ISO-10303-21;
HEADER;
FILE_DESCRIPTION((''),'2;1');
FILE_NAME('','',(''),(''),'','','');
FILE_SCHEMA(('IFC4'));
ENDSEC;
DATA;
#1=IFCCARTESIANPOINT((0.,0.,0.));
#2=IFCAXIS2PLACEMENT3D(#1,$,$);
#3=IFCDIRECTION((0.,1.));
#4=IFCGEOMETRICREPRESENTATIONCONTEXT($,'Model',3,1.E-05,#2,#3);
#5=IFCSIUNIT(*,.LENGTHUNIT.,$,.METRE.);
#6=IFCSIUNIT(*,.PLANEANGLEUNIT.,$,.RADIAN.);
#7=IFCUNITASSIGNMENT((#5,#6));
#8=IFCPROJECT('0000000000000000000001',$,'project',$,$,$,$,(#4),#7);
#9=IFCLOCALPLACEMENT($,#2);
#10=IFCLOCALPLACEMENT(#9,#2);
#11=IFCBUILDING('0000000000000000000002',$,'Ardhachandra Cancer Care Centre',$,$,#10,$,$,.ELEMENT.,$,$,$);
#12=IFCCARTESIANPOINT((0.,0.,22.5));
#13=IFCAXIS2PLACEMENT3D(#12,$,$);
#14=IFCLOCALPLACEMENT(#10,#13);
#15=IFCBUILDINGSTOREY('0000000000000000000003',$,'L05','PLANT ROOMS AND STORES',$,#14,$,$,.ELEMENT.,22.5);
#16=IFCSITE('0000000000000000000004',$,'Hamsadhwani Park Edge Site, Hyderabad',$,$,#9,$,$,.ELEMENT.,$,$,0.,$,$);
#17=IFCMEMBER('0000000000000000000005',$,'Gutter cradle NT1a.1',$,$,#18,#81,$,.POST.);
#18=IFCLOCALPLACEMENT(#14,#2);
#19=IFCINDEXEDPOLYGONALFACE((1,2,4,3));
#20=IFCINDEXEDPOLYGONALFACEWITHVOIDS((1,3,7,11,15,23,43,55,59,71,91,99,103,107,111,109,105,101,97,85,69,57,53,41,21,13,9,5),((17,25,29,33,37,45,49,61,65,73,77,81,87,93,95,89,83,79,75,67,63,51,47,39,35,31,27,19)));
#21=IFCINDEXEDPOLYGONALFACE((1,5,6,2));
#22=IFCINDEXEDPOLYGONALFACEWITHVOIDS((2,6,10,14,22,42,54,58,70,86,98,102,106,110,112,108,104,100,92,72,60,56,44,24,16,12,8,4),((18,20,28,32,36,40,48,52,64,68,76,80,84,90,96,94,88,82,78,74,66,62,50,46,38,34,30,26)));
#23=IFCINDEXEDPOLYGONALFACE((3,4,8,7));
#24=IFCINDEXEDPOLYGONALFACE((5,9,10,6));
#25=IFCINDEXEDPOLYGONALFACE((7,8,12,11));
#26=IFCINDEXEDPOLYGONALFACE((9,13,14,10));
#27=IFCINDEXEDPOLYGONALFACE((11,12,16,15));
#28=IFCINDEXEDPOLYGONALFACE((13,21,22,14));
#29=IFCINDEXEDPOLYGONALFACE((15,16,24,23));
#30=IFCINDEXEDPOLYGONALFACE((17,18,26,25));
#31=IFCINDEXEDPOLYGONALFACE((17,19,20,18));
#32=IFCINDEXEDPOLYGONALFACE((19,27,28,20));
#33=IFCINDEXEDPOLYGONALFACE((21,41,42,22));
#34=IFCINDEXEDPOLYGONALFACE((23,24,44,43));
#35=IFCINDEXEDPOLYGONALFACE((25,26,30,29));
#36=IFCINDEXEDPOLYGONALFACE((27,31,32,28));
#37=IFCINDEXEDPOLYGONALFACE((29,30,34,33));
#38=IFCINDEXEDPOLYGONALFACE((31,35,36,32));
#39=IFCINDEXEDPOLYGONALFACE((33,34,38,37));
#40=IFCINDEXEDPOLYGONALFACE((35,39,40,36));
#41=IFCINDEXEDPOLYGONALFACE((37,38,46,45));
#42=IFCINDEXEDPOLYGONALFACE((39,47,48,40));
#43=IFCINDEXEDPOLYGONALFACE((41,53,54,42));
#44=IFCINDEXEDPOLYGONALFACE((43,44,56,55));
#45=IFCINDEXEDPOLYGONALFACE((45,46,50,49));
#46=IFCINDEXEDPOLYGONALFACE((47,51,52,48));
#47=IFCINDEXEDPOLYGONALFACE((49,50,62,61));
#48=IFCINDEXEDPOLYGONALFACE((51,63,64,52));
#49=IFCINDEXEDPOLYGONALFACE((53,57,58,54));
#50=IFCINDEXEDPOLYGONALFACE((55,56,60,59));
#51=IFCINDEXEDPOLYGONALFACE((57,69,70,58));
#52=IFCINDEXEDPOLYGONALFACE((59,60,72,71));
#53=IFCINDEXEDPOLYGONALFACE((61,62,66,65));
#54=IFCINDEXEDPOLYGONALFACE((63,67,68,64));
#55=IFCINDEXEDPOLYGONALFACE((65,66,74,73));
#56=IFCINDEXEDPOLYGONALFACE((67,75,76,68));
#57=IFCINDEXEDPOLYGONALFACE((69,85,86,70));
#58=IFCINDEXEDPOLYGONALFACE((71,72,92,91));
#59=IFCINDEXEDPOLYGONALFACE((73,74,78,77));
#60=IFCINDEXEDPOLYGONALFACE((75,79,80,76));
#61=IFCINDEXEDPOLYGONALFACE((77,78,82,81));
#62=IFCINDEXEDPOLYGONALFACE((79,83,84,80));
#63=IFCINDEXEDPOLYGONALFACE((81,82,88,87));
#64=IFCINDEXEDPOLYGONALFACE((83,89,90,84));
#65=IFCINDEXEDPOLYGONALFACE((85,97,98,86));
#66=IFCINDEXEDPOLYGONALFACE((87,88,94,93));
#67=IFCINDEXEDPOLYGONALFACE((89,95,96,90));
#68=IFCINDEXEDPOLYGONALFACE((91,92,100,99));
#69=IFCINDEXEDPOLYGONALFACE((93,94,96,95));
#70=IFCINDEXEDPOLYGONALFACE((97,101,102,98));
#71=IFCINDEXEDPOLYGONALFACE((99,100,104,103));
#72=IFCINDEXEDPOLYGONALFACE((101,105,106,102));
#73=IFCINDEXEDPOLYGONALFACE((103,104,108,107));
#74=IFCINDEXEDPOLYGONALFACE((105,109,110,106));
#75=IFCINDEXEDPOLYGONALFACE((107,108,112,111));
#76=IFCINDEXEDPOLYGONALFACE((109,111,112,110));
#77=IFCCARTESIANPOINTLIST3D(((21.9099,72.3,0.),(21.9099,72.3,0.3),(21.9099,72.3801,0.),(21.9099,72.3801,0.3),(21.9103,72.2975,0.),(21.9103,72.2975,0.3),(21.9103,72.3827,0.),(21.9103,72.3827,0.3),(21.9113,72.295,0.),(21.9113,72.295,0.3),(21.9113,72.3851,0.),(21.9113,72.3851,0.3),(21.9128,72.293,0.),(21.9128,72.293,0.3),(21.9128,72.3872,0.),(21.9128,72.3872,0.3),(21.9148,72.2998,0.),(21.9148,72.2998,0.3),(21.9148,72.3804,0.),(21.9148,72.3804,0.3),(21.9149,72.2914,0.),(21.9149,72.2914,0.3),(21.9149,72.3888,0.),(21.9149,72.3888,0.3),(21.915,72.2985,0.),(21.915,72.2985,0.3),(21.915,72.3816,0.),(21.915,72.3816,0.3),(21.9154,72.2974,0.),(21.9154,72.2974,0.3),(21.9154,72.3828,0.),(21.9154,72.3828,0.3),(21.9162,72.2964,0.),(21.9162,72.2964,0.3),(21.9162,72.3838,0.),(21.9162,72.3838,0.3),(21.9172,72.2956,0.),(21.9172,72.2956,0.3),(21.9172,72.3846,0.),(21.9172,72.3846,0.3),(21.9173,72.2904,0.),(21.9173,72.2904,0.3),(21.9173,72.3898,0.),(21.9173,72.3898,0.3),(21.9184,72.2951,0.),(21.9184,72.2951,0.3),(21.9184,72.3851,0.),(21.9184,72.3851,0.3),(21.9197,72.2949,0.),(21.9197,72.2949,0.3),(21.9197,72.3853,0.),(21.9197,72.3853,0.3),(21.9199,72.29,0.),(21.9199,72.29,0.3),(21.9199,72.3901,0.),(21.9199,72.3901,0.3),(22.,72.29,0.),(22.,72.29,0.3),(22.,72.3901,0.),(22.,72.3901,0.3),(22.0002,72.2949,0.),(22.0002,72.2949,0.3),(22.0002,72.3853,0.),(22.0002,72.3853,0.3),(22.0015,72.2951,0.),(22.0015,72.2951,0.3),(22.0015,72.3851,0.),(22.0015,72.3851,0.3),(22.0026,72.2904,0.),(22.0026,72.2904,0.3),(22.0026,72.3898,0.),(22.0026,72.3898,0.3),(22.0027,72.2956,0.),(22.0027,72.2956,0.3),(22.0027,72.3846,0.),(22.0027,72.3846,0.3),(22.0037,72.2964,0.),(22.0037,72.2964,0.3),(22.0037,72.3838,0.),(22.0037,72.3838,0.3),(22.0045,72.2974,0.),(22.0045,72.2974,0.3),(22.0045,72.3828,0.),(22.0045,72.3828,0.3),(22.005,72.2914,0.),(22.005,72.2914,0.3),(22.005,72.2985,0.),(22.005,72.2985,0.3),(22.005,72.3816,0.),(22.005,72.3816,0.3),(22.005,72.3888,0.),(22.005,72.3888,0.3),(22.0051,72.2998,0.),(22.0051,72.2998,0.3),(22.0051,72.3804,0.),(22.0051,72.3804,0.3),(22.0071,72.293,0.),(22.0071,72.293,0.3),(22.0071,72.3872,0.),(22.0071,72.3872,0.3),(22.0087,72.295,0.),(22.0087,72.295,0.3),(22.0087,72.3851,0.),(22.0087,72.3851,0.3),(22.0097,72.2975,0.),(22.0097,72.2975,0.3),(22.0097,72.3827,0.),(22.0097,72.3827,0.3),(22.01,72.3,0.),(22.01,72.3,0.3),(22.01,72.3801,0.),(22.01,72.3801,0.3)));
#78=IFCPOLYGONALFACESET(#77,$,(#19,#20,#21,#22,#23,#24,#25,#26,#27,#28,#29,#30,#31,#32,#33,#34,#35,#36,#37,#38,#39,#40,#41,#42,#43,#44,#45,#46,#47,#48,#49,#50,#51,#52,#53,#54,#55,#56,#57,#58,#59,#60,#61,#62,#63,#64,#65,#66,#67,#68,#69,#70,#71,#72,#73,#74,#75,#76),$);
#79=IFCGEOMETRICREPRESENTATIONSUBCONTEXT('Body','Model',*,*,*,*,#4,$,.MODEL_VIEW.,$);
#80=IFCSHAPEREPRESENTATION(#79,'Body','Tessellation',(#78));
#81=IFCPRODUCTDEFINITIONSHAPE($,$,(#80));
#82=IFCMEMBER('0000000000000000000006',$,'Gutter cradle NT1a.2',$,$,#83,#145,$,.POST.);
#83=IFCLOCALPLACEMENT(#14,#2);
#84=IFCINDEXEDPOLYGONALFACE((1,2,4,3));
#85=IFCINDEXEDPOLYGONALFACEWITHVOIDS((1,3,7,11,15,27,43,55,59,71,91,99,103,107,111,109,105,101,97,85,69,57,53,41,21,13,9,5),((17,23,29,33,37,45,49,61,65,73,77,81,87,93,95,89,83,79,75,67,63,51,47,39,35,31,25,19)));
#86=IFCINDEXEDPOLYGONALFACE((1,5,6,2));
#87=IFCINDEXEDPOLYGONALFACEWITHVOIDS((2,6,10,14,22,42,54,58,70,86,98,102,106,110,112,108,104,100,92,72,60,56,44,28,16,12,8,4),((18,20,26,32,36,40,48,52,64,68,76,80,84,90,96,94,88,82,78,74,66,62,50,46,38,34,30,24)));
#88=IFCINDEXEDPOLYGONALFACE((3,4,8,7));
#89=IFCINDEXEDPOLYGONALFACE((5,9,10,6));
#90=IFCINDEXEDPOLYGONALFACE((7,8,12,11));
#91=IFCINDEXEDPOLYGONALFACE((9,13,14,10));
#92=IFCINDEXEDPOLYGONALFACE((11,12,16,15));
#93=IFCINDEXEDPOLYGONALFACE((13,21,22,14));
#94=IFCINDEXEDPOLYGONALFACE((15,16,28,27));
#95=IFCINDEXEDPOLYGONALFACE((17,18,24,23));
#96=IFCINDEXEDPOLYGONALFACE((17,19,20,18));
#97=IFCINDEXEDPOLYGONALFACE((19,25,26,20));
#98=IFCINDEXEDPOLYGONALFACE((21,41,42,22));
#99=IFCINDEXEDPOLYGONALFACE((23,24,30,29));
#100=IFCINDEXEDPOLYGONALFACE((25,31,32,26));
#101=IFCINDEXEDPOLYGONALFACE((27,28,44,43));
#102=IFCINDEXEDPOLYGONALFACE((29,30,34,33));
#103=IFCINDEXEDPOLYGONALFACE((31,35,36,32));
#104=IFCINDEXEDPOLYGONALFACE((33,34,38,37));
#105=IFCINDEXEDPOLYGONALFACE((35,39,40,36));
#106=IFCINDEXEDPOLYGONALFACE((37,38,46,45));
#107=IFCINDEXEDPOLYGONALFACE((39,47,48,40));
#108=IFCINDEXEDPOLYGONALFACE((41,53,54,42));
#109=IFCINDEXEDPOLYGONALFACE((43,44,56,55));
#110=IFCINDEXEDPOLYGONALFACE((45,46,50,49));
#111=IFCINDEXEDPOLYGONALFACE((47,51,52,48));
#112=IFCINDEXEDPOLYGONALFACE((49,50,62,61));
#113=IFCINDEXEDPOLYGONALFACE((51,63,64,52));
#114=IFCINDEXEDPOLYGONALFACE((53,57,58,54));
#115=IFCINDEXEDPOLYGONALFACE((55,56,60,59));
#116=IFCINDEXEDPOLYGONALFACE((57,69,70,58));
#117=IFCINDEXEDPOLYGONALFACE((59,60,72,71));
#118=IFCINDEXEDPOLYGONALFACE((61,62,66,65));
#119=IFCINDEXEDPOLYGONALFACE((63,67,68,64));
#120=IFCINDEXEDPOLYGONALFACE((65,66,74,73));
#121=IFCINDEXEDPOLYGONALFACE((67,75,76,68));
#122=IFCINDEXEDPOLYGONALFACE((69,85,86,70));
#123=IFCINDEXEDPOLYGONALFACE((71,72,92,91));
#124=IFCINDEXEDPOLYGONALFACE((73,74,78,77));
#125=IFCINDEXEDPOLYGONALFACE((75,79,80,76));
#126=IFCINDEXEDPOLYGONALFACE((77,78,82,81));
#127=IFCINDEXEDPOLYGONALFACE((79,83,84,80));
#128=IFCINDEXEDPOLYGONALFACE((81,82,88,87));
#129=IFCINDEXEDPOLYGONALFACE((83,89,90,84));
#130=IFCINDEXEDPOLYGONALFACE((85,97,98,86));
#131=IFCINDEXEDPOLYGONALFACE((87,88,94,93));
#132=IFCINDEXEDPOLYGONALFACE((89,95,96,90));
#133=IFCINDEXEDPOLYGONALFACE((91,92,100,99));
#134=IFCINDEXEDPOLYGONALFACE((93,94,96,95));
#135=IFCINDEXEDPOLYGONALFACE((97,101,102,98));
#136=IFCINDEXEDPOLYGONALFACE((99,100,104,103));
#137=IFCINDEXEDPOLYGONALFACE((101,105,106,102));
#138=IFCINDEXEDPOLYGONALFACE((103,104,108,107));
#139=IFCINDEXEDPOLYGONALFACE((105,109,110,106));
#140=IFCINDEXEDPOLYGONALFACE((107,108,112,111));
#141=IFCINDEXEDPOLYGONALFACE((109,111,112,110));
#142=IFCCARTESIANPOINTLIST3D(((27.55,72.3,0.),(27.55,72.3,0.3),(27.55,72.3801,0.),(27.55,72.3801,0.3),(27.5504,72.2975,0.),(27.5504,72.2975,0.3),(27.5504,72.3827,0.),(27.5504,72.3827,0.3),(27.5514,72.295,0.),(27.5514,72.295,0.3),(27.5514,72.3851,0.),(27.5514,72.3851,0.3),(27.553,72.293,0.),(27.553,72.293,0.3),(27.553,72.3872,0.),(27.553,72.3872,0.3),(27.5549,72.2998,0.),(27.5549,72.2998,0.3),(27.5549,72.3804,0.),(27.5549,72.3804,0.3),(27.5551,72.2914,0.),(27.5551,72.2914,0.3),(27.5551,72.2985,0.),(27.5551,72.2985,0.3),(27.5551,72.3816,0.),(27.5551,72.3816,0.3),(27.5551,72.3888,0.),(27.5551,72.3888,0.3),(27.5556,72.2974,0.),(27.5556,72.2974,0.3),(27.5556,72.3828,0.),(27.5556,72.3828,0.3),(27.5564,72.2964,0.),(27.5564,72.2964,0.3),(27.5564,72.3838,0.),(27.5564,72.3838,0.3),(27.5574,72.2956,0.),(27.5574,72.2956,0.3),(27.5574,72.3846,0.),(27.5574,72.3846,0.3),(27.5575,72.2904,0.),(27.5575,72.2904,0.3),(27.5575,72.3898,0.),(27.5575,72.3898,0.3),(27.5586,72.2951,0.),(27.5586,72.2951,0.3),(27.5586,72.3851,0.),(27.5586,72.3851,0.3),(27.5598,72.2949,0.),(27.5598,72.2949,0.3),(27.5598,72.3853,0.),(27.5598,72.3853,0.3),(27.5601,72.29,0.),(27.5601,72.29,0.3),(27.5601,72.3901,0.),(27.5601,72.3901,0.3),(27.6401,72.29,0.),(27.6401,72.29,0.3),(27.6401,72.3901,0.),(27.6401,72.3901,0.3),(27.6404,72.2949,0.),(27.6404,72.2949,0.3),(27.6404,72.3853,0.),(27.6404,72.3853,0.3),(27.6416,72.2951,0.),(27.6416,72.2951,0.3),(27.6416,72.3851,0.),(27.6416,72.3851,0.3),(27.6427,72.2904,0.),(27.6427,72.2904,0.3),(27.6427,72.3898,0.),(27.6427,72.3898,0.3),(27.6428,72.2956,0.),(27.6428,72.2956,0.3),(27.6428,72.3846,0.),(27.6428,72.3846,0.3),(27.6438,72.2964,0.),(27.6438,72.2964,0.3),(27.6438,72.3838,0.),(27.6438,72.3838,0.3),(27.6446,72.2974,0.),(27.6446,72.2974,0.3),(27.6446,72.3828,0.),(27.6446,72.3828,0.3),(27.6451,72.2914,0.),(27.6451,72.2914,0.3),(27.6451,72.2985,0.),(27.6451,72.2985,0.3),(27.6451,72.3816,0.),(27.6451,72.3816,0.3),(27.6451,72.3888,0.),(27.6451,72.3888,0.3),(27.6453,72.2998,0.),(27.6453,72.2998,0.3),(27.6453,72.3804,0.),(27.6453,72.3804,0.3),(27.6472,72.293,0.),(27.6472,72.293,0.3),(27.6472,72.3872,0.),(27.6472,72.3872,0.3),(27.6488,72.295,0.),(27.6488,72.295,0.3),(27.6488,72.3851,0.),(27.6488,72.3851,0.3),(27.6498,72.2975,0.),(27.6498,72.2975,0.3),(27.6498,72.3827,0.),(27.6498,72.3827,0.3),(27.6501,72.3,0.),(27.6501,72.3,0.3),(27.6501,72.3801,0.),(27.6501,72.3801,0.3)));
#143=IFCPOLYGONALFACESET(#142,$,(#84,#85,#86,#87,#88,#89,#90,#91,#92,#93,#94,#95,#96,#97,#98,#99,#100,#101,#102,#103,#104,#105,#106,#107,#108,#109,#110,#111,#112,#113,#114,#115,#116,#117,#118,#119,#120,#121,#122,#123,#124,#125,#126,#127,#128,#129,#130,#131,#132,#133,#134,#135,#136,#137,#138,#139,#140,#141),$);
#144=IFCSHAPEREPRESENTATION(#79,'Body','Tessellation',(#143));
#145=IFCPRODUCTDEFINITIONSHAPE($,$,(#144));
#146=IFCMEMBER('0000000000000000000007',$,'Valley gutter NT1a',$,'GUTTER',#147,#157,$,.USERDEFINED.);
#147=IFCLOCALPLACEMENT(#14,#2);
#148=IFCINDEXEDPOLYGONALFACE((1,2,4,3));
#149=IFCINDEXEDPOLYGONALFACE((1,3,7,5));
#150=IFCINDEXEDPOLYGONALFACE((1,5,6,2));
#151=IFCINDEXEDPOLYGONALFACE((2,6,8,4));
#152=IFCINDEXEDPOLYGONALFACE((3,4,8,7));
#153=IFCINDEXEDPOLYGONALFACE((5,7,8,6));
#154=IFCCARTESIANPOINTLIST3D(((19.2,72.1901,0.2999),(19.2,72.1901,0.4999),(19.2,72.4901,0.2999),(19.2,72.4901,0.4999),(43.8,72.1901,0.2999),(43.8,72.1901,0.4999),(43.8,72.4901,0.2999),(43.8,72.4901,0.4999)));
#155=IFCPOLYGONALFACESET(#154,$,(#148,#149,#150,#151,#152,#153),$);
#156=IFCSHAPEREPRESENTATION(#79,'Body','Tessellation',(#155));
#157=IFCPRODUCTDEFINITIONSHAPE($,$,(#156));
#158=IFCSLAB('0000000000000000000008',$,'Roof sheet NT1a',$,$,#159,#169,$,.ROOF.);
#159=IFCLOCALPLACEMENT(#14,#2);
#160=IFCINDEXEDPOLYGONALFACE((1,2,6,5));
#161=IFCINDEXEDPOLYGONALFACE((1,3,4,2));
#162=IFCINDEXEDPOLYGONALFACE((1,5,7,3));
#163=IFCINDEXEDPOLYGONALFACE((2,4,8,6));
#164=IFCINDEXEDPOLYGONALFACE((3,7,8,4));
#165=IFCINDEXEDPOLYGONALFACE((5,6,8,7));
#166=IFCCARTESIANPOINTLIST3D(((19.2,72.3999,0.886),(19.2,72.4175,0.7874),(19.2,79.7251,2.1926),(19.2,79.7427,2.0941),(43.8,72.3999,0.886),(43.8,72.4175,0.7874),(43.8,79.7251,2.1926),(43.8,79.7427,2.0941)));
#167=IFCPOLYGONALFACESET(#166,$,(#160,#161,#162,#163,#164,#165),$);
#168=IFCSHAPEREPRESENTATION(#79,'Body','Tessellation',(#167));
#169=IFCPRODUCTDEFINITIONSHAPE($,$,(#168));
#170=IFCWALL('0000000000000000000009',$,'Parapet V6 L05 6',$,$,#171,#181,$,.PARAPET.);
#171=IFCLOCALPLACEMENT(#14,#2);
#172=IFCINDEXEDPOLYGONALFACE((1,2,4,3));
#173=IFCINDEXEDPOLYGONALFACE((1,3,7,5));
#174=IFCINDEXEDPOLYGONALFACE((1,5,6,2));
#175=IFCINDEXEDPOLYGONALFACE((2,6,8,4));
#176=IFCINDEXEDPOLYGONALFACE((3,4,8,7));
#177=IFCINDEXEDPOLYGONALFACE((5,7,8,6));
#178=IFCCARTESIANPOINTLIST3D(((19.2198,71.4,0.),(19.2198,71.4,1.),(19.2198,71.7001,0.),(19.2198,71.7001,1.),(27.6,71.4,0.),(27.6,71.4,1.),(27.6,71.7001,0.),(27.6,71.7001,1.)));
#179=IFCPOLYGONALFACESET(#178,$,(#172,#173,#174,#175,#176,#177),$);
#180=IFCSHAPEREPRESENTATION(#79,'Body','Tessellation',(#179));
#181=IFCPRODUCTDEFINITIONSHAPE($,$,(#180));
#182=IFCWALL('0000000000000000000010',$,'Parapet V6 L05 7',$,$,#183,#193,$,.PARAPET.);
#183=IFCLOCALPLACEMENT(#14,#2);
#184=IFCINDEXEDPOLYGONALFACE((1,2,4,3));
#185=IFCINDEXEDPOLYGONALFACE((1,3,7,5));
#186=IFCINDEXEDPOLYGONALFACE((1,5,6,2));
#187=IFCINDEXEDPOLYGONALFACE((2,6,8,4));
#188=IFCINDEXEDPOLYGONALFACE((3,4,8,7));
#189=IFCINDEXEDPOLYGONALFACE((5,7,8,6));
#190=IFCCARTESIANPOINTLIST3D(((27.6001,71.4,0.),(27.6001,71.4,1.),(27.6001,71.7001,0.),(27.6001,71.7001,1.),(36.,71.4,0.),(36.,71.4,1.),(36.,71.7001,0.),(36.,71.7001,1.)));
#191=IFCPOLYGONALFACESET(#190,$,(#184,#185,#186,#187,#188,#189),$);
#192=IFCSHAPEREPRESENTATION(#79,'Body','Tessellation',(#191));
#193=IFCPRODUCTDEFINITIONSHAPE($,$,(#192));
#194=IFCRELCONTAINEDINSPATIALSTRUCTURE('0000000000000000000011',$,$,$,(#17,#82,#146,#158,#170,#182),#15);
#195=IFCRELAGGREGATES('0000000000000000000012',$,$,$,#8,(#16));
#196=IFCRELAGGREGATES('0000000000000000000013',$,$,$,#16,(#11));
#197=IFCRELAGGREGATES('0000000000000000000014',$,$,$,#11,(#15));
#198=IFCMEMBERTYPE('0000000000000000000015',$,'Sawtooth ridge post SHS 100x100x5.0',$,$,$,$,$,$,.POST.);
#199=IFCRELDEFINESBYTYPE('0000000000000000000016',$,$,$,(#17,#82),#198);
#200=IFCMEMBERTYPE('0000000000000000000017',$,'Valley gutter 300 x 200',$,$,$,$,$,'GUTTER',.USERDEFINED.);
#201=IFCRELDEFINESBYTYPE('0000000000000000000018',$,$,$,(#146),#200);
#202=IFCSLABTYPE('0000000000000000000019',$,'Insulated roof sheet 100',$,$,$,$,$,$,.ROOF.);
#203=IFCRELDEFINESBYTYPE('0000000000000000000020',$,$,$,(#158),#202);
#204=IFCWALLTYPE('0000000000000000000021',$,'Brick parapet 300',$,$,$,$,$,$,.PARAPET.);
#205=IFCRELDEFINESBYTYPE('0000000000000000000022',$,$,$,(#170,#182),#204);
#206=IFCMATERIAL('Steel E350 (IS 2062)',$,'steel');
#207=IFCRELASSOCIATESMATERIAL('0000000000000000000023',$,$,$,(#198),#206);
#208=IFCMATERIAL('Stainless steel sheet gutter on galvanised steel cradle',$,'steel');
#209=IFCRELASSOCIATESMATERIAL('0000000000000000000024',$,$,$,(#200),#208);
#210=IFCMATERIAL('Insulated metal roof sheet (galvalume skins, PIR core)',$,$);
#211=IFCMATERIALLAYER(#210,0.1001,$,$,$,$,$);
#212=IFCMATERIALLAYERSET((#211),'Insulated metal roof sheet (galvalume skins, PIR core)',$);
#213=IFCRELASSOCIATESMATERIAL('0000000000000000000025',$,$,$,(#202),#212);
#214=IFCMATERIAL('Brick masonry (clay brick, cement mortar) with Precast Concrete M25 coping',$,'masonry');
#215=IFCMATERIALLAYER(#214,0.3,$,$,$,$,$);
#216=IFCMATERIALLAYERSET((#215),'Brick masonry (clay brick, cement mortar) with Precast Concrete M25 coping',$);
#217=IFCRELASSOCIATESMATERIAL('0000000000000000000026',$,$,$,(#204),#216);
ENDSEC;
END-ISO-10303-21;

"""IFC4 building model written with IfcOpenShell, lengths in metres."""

from ifc_helpers import new_model, si_unit, direction, frame, frame_2d, origin, origin_2d, place, context, subcontext, project, spatial, polyline, rectangle, hollow_rectangle, outline, extrude, material, layer, layer_set, material_profile, profile_set, type_object, element, save


model = new_model("IFC4")

# Units and contexts
model_context = context("Model", 3, precision=1e-05, world=origin(), true_north=direction((0.0, 1.0)))
body_context = subcontext(model_context, "Body", "Model", "MODEL_VIEW")
ifc_project = project(units=[si_unit("LENGTHUNIT", "METRE"), si_unit("PLANEANGLEUNIT", "RADIAN")], contexts=[model_context])

# Site, building, storey
site_placement = place(None, origin())
site = spatial("IfcSite", under=ifc_project, at=site_placement, Name="Hamsadhwani Park Edge Site, Hyderabad", CompositionType="ELEMENT", RefElevation=0.0)
building_placement = place(site_placement, origin())
building = spatial("IfcBuilding", under=site, at=building_placement, Name="Ardhachandra Cancer Care Centre", CompositionType="ELEMENT")
storey_placement = place(building_placement, frame((0.0, 0.0, 22.5)))
storey = spatial("IfcBuildingStorey", under=building, at=storey_placement, Name="L05", Description="PLANT ROOMS AND STORES", CompositionType="ELEMENT", Elevation=22.5)

# Members
ifc_material_1 = material(Name="Steel E350 (IS 2062)", Category="steel")
ifc_material_profile_1 = material_profile(ifc_material_1, hollow_rectangle(XDim=0.1001, YDim=0.1001, WallThickness=0.0049, InnerFilletRadius=0.0049, OuterFilletRadius=0.01, at=origin_2d()), Name="SHS 100x100x5.0")
ifc_profile_set_1 = profile_set([ifc_material_profile_1], Name="Steel E350 (IS 2062)")
member_type_1 = type_object("IfcMemberType", Name="Sawtooth ridge post SHS 100x100x5.0", PredefinedType="POST", material=ifc_profile_set_1)
for number, where, z_axis, x_axis, name in (
    (1, (21.96, 72.3401, 0.0), (0.0, 0.0, 1.0), (1.0, 0.0, 0.0), "Gutter cradle NT1a.1"),
    (2, (27.6001, 72.3401, 0.0), (0.0, 0.0, 1.0), (1.0, 0.0, 0.0), "Gutter cradle NT1a.2"),
):
    element("IfcMember", number, at=place(storey_placement, frame(where, z_axis=z_axis, x_axis=x_axis)), inside=storey, type_object=member_type_1, Name=name, PredefinedType="POST", context=body_context, shape_type="SweptSolid", body=[
        extrude(hollow_rectangle(XDim=0.1001, YDim=0.1001, WallThickness=0.0049, InnerFilletRadius=0.0049, OuterFilletRadius=0.01, at=origin_2d()), origin(), (0.0, 0.0, 1.0), 0.3),
    ])
ifc_material_2 = material(Name="Stainless steel sheet gutter on galvanised steel cradle", Category="steel")
ifc_material_profile_2 = material_profile(ifc_material_2, rectangle(XDim=0.3, YDim=0.2, at=origin_2d()), Name="Valley gutter 300 x 200")
ifc_profile_set_2 = profile_set([ifc_material_profile_2], Name="Stainless steel sheet gutter on galvanised steel cradle")
member_type_2 = type_object("IfcMemberType", Name="Valley gutter 300 x 200", ElementType="GUTTER", PredefinedType="USERDEFINED", material=ifc_profile_set_2)
member_placement = place(storey_placement, frame((19.2, 72.3401, 0.3999), z_axis=(1.0, 0.0, 0.0), x_axis=(0.0, 1.0, 0.0)))
element("IfcMember", 3, at=member_placement, inside=storey, type_object=member_type_2, Name="Valley gutter NT1a", ObjectType="GUTTER", PredefinedType="USERDEFINED", context=body_context, shape_type="SweptSolid", body=[
    extrude(rectangle(XDim=0.3, YDim=0.2, at=origin_2d()), origin(), (0.0, 0.0, 1.0), 24.6001),
])

# Slab
ifc_material_3 = material(Name="Insulated metal roof sheet (galvalume skins, PIR core)")
ifc_layer_1 = layer(ifc_material_3, 0.1001)
ifc_layer_set_1 = layer_set([ifc_layer_1], Name="Insulated metal roof sheet (galvalume skins, PIR core)")
slab_type = type_object("IfcSlabType", Name="Insulated roof sheet 100", PredefinedType="ROOF", material=ifc_layer_set_1)
slab_placement = place(storey_placement, frame((19.2, 72.3999, 0.886), z_axis=(0.0, -0.175604, 0.984461), x_axis=(1.0, 0.0, 0.0)))
element("IfcSlab", 4, at=slab_placement, inside=storey, type_object=slab_type, Name="Roof sheet NT1a", PredefinedType="ROOF", context=body_context, shape_type="SweptSolid", body=[
    extrude(outline(polyline([(0.0, 0.0), (24.6001, 0.0), (24.6001, 7.4408), (0.0, 7.4408), (0.0, 0.0)])), origin(), (0.0, 0.0, -1.0), 0.1001),
])

# Walls
ifc_material_4 = material(Name="Brick masonry (clay brick, cement mortar) with Precast Concrete M25 coping", Category="masonry")
ifc_layer_2 = layer(ifc_material_4, 0.3)
ifc_layer_set_2 = layer_set([ifc_layer_2], Name="Brick masonry (clay brick, cement mortar) with Precast Concrete M25 coping")
wall_type_1 = type_object("IfcWallType", Name="Brick parapet 300", PredefinedType="PARAPET", material=ifc_layer_set_2)
wall_1_placement = place(storey_placement, frame((19.22, 71.55, 0.0), z_axis=(0.0, 0.0, 1.0), x_axis=(1.0, 0.0, 0.0)))
element("IfcWall", 5, at=wall_1_placement, inside=storey, type_object=wall_type_1, Name="Parapet V6 L05 6", PredefinedType="PARAPET", context=body_context, shape_type="SweptSolid", body=[
    extrude(rectangle(XDim=8.3801, YDim=0.3, at=frame_2d((4.1899, 0.0))), origin(), (0.0, 0.0, 1.0), 1.0),
])
wall_2_placement = place(storey_placement, frame((27.6001, 71.55, 0.0), z_axis=(0.0, 0.0, 1.0), x_axis=(1.0, 0.0, 0.0)))
element("IfcWall", 6, at=wall_2_placement, inside=storey, type_object=wall_type_1, Name="Parapet V6 L05 7", PredefinedType="PARAPET", context=body_context, shape_type="SweptSolid", body=[
    extrude(rectangle(XDim=8.3999, YDim=0.3, at=frame_2d((4.2, 0.0))), origin(), (0.0, 0.0, 1.0), 1.0),
])

save(model, "model.ifc")
